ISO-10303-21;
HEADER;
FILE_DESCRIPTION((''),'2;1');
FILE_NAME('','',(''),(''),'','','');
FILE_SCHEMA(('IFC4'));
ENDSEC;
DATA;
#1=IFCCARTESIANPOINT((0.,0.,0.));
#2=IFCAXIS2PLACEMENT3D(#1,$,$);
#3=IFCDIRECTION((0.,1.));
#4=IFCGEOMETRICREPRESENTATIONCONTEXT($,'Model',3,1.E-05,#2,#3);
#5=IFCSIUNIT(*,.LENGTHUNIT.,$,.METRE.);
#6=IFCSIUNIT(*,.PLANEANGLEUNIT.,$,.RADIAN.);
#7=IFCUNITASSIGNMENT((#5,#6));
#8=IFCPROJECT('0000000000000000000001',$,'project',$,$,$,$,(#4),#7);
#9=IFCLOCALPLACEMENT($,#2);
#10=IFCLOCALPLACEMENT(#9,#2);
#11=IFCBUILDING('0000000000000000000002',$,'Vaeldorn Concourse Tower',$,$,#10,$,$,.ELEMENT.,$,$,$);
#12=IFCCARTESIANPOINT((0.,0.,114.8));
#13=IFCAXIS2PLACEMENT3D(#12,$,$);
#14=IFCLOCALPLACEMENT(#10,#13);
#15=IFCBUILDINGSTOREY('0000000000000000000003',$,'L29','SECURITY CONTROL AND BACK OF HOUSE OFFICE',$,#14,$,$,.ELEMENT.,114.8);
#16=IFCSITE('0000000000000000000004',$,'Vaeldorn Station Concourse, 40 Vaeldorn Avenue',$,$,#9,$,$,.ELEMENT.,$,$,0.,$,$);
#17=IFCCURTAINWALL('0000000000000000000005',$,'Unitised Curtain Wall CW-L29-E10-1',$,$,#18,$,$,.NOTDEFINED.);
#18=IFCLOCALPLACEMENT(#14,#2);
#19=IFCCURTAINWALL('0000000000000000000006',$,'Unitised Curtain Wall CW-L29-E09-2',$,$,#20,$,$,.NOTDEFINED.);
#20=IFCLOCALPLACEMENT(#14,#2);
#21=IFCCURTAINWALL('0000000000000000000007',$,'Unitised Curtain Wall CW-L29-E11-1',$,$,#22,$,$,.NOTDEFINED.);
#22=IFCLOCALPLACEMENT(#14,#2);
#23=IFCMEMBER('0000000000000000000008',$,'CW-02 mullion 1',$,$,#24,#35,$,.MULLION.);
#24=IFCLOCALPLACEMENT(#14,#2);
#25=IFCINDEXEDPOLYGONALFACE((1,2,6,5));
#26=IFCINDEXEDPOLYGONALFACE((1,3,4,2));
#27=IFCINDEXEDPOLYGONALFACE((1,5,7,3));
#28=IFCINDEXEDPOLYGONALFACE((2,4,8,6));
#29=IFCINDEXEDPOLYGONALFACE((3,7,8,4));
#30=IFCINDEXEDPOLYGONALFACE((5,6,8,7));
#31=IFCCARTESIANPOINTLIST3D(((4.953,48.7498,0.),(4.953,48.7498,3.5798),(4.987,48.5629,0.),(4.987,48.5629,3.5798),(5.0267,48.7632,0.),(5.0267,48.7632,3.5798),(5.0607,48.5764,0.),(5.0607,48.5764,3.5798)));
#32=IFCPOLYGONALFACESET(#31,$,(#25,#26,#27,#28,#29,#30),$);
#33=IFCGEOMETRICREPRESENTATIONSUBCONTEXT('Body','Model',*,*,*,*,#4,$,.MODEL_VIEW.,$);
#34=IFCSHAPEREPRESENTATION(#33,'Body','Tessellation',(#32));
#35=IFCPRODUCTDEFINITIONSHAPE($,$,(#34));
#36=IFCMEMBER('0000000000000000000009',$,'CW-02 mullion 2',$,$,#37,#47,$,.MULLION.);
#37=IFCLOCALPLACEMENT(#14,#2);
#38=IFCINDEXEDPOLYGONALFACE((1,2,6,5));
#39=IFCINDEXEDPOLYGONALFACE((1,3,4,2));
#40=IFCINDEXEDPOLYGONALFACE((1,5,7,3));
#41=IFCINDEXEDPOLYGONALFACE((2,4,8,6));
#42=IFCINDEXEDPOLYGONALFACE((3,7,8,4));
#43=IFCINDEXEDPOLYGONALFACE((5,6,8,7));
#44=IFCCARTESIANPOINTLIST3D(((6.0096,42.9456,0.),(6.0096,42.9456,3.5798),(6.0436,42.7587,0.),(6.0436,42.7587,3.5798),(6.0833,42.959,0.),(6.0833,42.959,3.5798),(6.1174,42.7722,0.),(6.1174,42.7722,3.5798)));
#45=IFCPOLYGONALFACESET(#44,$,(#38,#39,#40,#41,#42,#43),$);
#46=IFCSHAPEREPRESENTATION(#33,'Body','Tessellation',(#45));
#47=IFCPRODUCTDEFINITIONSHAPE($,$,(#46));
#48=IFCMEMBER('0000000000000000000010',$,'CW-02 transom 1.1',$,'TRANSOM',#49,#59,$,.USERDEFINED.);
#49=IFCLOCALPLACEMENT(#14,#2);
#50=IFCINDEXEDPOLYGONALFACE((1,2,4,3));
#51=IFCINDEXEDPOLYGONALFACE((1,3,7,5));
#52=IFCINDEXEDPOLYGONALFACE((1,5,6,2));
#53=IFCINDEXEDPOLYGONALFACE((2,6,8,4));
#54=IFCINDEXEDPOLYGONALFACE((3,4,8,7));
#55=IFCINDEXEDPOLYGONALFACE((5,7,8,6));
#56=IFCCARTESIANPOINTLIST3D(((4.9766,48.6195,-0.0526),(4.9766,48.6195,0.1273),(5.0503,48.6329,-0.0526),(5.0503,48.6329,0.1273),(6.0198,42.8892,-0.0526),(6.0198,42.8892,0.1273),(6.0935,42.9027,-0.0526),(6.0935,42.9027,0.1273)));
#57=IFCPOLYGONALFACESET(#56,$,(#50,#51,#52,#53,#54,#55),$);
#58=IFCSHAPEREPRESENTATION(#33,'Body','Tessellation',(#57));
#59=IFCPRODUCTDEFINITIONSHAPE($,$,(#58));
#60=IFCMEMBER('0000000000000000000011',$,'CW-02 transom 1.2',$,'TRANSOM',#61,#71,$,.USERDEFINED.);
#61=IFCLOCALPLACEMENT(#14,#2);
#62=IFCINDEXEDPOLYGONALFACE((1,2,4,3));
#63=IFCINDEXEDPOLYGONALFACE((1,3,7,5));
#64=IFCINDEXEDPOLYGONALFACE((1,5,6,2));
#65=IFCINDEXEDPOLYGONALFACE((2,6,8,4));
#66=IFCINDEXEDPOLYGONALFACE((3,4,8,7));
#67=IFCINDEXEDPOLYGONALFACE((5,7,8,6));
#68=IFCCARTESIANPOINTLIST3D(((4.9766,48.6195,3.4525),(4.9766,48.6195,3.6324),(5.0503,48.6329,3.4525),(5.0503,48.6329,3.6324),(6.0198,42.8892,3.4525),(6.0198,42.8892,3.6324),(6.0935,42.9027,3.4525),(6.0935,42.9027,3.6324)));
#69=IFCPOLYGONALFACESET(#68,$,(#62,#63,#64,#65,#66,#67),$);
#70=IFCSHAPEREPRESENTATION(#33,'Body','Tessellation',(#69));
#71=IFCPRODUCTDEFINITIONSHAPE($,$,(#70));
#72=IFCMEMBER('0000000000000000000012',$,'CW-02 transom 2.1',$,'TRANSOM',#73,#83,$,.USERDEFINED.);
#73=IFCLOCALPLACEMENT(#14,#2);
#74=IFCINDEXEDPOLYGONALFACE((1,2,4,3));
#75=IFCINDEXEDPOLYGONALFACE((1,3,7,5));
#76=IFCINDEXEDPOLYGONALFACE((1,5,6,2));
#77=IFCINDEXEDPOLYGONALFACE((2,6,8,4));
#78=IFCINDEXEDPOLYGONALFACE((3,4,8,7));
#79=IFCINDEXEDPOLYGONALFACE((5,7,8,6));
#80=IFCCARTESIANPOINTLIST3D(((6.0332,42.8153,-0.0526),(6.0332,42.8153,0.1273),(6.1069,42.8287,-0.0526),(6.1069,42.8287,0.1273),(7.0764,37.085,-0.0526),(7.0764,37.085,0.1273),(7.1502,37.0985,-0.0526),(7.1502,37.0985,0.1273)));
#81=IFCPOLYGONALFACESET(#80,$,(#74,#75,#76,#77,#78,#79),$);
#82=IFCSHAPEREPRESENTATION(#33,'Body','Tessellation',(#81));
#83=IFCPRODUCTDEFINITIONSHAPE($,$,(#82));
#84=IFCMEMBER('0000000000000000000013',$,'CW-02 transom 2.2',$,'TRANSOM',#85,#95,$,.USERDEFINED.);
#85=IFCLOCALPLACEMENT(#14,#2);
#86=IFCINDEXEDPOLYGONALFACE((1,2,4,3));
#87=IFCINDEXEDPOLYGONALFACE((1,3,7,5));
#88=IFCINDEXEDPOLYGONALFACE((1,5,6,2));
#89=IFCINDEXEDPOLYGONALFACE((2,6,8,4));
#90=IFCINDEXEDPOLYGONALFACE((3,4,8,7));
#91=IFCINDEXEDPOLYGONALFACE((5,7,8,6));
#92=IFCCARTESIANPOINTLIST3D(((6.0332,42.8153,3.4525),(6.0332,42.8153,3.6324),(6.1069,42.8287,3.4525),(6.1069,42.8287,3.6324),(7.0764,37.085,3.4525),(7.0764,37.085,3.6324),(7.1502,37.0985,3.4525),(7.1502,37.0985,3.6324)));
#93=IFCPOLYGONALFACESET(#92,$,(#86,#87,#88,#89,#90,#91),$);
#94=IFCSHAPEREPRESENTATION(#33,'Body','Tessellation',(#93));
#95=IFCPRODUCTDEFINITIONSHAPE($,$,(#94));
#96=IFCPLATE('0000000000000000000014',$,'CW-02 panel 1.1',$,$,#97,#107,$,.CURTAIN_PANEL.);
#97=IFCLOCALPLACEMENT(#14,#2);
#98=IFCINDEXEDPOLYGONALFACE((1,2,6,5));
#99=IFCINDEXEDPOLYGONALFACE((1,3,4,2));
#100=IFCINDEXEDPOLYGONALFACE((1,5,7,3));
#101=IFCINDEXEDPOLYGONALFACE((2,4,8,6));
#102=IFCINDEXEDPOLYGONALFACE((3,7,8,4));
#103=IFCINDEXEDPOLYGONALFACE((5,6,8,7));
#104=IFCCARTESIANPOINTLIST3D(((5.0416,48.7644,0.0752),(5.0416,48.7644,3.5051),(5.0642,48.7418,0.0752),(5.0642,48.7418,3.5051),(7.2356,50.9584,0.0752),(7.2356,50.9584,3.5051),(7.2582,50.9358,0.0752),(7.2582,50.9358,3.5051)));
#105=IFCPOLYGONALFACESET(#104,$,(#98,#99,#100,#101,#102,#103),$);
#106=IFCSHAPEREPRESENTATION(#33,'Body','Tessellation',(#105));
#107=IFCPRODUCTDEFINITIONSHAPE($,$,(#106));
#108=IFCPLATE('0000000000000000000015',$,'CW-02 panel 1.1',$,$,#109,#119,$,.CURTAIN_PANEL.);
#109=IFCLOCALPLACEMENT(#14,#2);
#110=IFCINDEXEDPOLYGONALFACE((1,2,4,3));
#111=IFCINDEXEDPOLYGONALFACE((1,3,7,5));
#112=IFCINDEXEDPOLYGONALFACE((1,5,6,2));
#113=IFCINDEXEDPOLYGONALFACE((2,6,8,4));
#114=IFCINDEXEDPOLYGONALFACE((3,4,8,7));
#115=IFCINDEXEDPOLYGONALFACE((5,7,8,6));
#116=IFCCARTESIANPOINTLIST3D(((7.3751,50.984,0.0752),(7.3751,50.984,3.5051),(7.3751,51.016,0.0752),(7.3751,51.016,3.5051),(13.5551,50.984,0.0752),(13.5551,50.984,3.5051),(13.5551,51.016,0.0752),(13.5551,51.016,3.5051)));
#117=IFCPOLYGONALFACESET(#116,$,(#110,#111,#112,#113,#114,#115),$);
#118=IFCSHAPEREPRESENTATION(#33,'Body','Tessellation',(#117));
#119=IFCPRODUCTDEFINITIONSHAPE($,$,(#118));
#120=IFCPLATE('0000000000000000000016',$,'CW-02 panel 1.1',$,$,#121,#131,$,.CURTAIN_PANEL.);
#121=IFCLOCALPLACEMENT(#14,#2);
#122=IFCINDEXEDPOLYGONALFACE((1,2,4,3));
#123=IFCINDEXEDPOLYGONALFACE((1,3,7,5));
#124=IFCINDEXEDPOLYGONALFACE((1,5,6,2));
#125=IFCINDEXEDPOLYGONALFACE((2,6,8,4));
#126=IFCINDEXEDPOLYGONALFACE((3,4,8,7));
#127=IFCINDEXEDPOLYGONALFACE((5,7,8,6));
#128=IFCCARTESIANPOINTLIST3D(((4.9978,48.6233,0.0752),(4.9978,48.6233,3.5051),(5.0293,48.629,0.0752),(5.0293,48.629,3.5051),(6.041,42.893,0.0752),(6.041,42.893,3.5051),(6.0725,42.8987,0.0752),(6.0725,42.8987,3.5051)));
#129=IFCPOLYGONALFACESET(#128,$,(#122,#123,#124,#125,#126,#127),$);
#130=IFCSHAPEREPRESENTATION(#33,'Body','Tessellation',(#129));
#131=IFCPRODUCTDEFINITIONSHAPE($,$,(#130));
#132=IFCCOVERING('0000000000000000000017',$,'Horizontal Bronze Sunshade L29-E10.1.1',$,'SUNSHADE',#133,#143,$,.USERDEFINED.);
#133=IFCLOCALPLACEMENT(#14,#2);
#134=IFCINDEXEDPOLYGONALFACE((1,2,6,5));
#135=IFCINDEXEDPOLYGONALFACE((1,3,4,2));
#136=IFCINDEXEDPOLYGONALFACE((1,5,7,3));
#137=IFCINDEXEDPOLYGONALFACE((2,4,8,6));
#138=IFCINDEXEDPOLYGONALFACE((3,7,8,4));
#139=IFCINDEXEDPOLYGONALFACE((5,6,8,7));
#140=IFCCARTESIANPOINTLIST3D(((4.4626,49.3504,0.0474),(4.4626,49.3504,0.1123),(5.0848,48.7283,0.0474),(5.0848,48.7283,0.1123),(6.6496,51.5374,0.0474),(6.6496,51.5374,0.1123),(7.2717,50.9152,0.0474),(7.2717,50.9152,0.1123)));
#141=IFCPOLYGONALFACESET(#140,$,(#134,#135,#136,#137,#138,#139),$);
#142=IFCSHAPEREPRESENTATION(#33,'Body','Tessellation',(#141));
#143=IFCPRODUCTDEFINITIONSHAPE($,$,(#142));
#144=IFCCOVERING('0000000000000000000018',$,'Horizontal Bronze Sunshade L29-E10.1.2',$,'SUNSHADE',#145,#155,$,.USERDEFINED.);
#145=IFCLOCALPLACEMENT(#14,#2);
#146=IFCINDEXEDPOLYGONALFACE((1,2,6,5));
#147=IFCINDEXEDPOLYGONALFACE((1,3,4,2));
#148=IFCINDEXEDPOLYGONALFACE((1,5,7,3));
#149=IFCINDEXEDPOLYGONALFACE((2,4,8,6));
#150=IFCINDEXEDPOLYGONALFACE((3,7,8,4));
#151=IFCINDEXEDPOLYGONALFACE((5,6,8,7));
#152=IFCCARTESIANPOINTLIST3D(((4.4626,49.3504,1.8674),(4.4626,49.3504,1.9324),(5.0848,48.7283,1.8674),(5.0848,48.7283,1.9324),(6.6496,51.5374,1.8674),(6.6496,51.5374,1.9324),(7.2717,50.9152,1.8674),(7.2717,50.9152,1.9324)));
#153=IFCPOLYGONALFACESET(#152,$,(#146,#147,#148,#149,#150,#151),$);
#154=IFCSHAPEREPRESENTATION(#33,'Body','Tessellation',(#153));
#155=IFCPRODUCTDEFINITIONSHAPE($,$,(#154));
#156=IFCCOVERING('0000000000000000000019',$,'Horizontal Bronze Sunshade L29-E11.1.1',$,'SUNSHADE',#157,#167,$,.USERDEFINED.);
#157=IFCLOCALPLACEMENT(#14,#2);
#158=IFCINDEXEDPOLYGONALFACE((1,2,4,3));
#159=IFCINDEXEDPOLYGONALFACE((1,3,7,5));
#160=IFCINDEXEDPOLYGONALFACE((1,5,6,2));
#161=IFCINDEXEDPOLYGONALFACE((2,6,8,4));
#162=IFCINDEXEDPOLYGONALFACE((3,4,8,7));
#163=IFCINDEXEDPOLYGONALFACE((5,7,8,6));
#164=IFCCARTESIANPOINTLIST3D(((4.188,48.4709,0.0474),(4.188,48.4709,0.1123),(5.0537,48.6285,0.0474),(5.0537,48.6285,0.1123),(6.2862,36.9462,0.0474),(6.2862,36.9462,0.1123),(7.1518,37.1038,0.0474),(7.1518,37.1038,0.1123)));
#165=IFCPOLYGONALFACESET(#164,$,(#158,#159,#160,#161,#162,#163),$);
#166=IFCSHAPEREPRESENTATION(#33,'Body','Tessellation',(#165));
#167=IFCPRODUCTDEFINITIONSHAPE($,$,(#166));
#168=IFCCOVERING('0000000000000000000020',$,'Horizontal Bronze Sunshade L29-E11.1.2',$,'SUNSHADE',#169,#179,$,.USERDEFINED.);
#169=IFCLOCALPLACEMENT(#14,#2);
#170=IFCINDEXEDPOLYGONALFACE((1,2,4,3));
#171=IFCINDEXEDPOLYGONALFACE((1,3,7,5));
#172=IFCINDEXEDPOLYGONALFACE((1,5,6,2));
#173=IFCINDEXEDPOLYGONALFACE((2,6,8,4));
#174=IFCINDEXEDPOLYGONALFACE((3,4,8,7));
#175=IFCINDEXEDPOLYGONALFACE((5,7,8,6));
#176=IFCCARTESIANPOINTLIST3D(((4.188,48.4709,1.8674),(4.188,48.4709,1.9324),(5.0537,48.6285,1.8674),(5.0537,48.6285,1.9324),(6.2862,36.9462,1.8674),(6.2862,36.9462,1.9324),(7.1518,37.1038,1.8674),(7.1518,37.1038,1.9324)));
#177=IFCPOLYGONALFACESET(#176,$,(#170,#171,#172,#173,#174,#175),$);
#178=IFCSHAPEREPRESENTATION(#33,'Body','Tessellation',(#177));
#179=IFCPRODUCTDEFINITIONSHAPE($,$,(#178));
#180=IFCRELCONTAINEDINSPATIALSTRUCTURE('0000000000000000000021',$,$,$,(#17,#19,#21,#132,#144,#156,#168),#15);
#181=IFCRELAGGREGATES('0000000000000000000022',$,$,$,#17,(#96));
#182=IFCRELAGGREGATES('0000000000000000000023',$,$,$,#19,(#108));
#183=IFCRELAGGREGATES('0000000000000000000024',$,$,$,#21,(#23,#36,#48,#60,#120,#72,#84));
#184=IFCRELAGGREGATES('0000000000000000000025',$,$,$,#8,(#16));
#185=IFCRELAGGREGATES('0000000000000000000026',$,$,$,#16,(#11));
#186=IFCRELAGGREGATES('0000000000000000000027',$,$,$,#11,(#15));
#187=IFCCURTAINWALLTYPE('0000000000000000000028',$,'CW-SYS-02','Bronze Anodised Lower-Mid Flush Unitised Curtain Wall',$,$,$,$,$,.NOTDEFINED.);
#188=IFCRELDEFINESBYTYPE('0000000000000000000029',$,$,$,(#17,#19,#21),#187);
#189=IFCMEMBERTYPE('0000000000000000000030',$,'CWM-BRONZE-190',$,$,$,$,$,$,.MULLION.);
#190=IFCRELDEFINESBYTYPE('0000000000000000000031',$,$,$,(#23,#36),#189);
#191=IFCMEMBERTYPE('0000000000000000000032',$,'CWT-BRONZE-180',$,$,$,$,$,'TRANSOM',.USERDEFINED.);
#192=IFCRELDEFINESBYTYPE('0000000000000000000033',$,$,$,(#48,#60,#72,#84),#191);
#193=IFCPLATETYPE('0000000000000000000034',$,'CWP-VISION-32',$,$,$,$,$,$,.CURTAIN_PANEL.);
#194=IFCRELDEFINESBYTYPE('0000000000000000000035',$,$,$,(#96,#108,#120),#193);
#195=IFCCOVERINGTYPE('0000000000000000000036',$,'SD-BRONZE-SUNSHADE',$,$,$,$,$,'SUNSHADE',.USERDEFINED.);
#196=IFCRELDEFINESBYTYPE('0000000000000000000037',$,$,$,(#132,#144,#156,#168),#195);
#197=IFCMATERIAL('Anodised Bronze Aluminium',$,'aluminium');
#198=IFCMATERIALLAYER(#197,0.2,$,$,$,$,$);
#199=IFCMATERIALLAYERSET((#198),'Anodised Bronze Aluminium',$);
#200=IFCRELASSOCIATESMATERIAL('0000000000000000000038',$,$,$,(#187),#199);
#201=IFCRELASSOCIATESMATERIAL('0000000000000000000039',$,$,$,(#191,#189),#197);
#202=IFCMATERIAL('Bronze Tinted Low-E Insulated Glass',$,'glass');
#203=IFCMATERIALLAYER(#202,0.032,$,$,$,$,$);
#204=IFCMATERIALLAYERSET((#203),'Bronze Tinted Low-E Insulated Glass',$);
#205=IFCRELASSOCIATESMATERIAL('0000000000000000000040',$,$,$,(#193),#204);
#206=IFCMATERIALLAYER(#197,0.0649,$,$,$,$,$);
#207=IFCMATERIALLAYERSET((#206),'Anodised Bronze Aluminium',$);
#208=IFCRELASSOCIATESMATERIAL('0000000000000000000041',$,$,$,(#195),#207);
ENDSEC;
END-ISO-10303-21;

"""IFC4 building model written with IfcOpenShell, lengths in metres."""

from ifc_helpers import new_model, si_unit, direction, frame, origin, origin_2d, place, context, subcontext, project, spatial, rectangle, extrude, source, transform, mapped, material, layer, layer_set, material_profile, profile_set, type_object, element, aggregate, save


model = new_model("IFC4")

# Units and contexts
model_context = context("Model", 3, precision=1e-05, world=origin(), true_north=direction((0.0, 1.0)))
body_context = subcontext(model_context, "Body", "Model", "MODEL_VIEW")
ifc_project = project(units=[si_unit("LENGTHUNIT", "METRE"), si_unit("PLANEANGLEUNIT", "RADIAN")], contexts=[model_context])

# Site, building, storey
site_placement = place(None, origin())
site = spatial("IfcSite", under=ifc_project, at=site_placement, Name="Vaeldorn Station Concourse, 40 Vaeldorn Avenue", CompositionType="ELEMENT", RefElevation=0.0)
building_placement = place(site_placement, origin())
building = spatial("IfcBuilding", under=site, at=building_placement, Name="Vaeldorn Concourse Tower", CompositionType="ELEMENT")
storey_placement = place(building_placement, frame((0.0, 0.0, 114.8)))
storey = spatial("IfcBuildingStorey", under=building, at=storey_placement, Name="L29", Description="SECURITY CONTROL AND BACK OF HOUSE OFFICE", CompositionType="ELEMENT", Elevation=114.8)

# Curtain walls
ifc_material_1 = material(Name="Anodised Bronze Aluminium", Category="aluminium")
ifc_layer_1 = layer(ifc_material_1, 0.2)
ifc_layer_set_1 = layer_set([ifc_layer_1], Name="Anodised Bronze Aluminium")
curtain_wall_type = type_object("IfcCurtainWallType", Name="CW-SYS-02", Description="Bronze Anodised Lower-Mid Flush Unitised Curtain Wall", PredefinedType="NOTDEFINED", material=ifc_layer_set_1)
curtain_wall_1_placement = place(storey_placement, origin())
curtain_wall_1 = element("IfcCurtainWall", 1, at=curtain_wall_1_placement, inside=storey, type_object=curtain_wall_type, Name="Unitised Curtain Wall CW-L29-E10-1", PredefinedType="NOTDEFINED")
ifc_material_profile_1 = material_profile(ifc_material_1, rectangle(XDim=0.075, YDim=0.1799, at=origin_2d()), Name="CWT 75x180")
ifc_profile_set_1 = profile_set([ifc_material_profile_1], Name="Anodised Bronze Aluminium")
member_type_1 = type_object("IfcMemberType", Name="CWT-BRONZE-180", ElementType="TRANSOM", PredefinedType="USERDEFINED", material=ifc_profile_set_1)
curtain_wall_2_placement = place(storey_placement, origin())
curtain_wall_2 = element("IfcCurtainWall", 2, at=curtain_wall_2_placement, inside=storey, type_object=curtain_wall_type, Name="Unitised Curtain Wall CW-L29-E09-2", PredefinedType="NOTDEFINED")
ifc_material_profile_2 = material_profile(ifc_material_1, rectangle(XDim=0.075, YDim=0.1899, at=origin_2d()), Name="CWM 75x190")
ifc_profile_set_2 = profile_set([ifc_material_profile_2], Name="Anodised Bronze Aluminium")
member_type_2 = type_object("IfcMemberType", Name="CWM-BRONZE-190", PredefinedType="MULLION", material=ifc_profile_set_2)
shared_shape_1 = source(origin(), body_context, "Body", "SweptSolid", [
    extrude(rectangle(XDim=0.075, YDim=0.1899, at=origin_2d()), origin(), (0.0, 0.0, 1.0), 3.5798),
])

# Curtain wall, members
curtain_wall_3_placement = place(storey_placement, origin())
curtain_wall_3 = element("IfcCurtainWall", 3, at=curtain_wall_3_placement, inside=storey, type_object=curtain_wall_type, Name="Unitised Curtain Wall CW-L29-E11-1", PredefinedType="NOTDEFINED")
member_1_placement = place(storey_placement, frame((5.0068, 48.6631, 0.0), z_axis=(0.0, 0.0, 1.0), x_axis=(0.983828, 0.179114, 0.0)))
member_1 = element("IfcMember", 4, at=member_1_placement, type_object=member_type_2, Name="CW-02 mullion 1", PredefinedType="MULLION", context=body_context, shape_type="MappedRepresentation", body=[
    mapped(shared_shape_1, transform((0.0, 0.0, 0.0), scale=1.0)),
])
member_2_placement = place(storey_placement, frame((6.0635, 42.8589, 0.0), z_axis=(0.0, 0.0, 1.0), x_axis=(0.983828, 0.179114, 0.0)))
member_2 = element("IfcMember", 5, at=member_2_placement, type_object=member_type_2, Name="CW-02 mullion 2", PredefinedType="MULLION", context=body_context, shape_type="MappedRepresentation", body=[
    mapped(shared_shape_1, transform((0.0, 0.0, 0.0), scale=1.0)),
])
shared_shape_2 = source(origin(), body_context, "Body", "SweptSolid", [
    extrude(rectangle(XDim=0.075, YDim=0.1799, at=origin_2d()), origin(), (0.0, 0.0, 1.0), 5.8245),
])
member_3_placement = place(storey_placement, frame((5.0134, 48.6262, 0.0374), z_axis=(0.17911, -0.983829, 0.0), x_axis=(0.983829, 0.17911, 0.0)))
member_3 = element("IfcMember", 6, at=member_3_placement, type_object=member_type_1, Name="CW-02 transom 1.1", ObjectType="TRANSOM", PredefinedType="USERDEFINED", context=body_context, shape_type="MappedRepresentation", body=[
    mapped(shared_shape_2, transform((0.0, 0.0, 0.0), scale=1.0)),
])
member_4_placement = place(storey_placement, frame((5.0134, 48.6262, 3.5425), z_axis=(0.17911, -0.983829, 0.0), x_axis=(0.983829, 0.17911, 0.0)))
member_4 = element("IfcMember", 7, at=member_4_placement, type_object=member_type_1, Name="CW-02 transom 1.2", ObjectType="TRANSOM", PredefinedType="USERDEFINED", context=body_context, shape_type="MappedRepresentation", body=[
    mapped(shared_shape_2, transform((0.0, 0.0, 0.0), scale=1.0)),
])
member_5_placement = place(storey_placement, frame((6.0701, 42.822, 0.0374), z_axis=(0.17911, -0.983829, 0.0), x_axis=(0.983829, 0.17911, 0.0)))
member_5 = element("IfcMember", 8, at=member_5_placement, type_object=member_type_1, Name="CW-02 transom 2.1", ObjectType="TRANSOM", PredefinedType="USERDEFINED", context=body_context, shape_type="MappedRepresentation", body=[
    mapped(shared_shape_2, transform((0.0, 0.0, 0.0), scale=1.0)),
])
member_6_placement = place(storey_placement, frame((6.0701, 42.822, 3.5425), z_axis=(0.17911, -0.983829, 0.0), x_axis=(0.983829, 0.17911, 0.0)))
member_6 = element("IfcMember", 9, at=member_6_placement, type_object=member_type_1, Name="CW-02 transom 2.2", ObjectType="TRANSOM", PredefinedType="USERDEFINED", context=body_context, shape_type="MappedRepresentation", body=[
    mapped(shared_shape_2, transform((0.0, 0.0, 0.0), scale=1.0)),
])

# Plates
ifc_material_2 = material(Name="Bronze Tinted Low-E Insulated Glass", Category="glass")
ifc_layer_2 = layer(ifc_material_2, 0.032)
ifc_layer_set_2 = layer_set([ifc_layer_2], Name="Bronze Tinted Low-E Insulated Glass")
plate_type = type_object("IfcPlateType", Name="CWP-VISION-32", PredefinedType="CURTAIN_PANEL", material=ifc_layer_set_2)
shared_shape_3 = source(origin(), body_context, "Body", "SweptSolid", [
    extrude(rectangle(XDim=3.1028, YDim=0.032, at=origin_2d()), origin(), (0.0, 0.0, 1.0), 3.4299),
])
plate_1_placement = place(storey_placement, frame((6.1499, 49.8501, 0.0752), z_axis=(0.0, 0.0, 1.0), x_axis=(-0.707107, -0.707107, 0.0)))
plate_1 = element("IfcPlate", 10, at=plate_1_placement, type_object=plate_type, Name="CW-02 panel 1.1", PredefinedType="CURTAIN_PANEL", context=body_context, shape_type="MappedRepresentation", body=[
    mapped(shared_shape_3, transform((0.0, 0.0, 0.0), scale=1.0)),
])
aggregate(curtain_wall_1, [plate_1])
shared_shape_4 = source(origin(), body_context, "Body", "SweptSolid", [
    extrude(rectangle(XDim=6.1799, YDim=0.032, at=origin_2d()), origin(), (0.0, 0.0, 1.0), 3.4299),
])
plate_2_placement = place(storey_placement, frame((10.4651, 51.0, 0.0752), z_axis=(0.0, 0.0, 1.0), x_axis=(-1.0, 0.0, 0.0)))
plate_2 = element("IfcPlate", 11, at=plate_2_placement, type_object=plate_type, Name="CW-02 panel 1.1", PredefinedType="CURTAIN_PANEL", context=body_context, shape_type="MappedRepresentation", body=[
    mapped(shared_shape_4, transform((0.0, 0.0, 0.0), scale=1.0)),
])
aggregate(curtain_wall_2, [plate_2])
shared_shape_5 = source(origin(), body_context, "Body", "SweptSolid", [
    extrude(rectangle(XDim=5.8245, YDim=0.032, at=origin_2d()), origin(), (0.0, 0.0, 1.0), 3.4299),
])
plate_3_placement = place(storey_placement, frame((5.5352, 45.761, 0.0752), z_axis=(0.0, 0.0, 1.0), x_axis=(0.179114, -0.983828, 0.0)))
plate_3 = element("IfcPlate", 12, at=plate_3_placement, type_object=plate_type, Name="CW-02 panel 1.1", PredefinedType="CURTAIN_PANEL", context=body_context, shape_type="MappedRepresentation", body=[
    mapped(shared_shape_5, transform((0.0, 0.0, 0.0), scale=1.0)),
])
aggregate(curtain_wall_3, [member_1, member_2, member_3, member_4, plate_3, member_5, member_6])

# Coverings
ifc_layer_3 = layer(ifc_material_1, 0.0649)
ifc_layer_set_3 = layer_set([ifc_layer_3], Name="Anodised Bronze Aluminium")
covering_type = type_object("IfcCoveringType", Name="SD-BRONZE-SUNSHADE", ElementType="SUNSHADE", PredefinedType="USERDEFINED", material=ifc_layer_set_3)
shared_shape_6 = source(origin(), body_context, "Body", "SweptSolid", [
    extrude(rectangle(XDim=3.0928, YDim=0.8799, at=origin_2d()), origin(), (0.0, 0.0, 1.0), 0.0649),
])
for number, where, z_axis, x_axis, name in (
    (13, (5.8672, 50.1328, 0.0474), (0.0, 0.0, 1.0), (-0.707107, -0.707107, 0.0), "Horizontal Bronze Sunshade L29-E10.1.1"),
    (14, (5.8672, 50.1328, 1.8674), (0.0, 0.0, 1.0), (-0.707107, -0.707107, 0.0), "Horizontal Bronze Sunshade L29-E10.1.2"),
):
    element("IfcCovering", number, at=place(storey_placement, frame(where, z_axis=z_axis, x_axis=x_axis)), inside=storey, type_object=covering_type, Name=name, ObjectType="SUNSHADE", PredefinedType="USERDEFINED", context=body_context, shape_type="MappedRepresentation", body=[
        mapped(shared_shape_6, transform((0.0, 0.0, 0.0), scale=1.0)),
    ])
shared_shape_7 = source(origin(), body_context, "Body", "SweptSolid", [
    extrude(rectangle(XDim=11.7141, YDim=0.8799, at=origin_2d()), origin(), (0.0, 0.0, 1.0), 0.0649),
])
for number, where, z_axis, x_axis, name in (
    (15, (5.6699, 42.7874, 0.0474), (0.0, 0.0, 1.0), (0.179111, -0.983829, 0.0), "Horizontal Bronze Sunshade L29-E11.1.1"),
    (16, (5.6699, 42.7874, 1.8674), (0.0, 0.0, 1.0), (0.179111, -0.983829, 0.0), "Horizontal Bronze Sunshade L29-E11.1.2"),
):
    element("IfcCovering", number, at=place(storey_placement, frame(where, z_axis=z_axis, x_axis=x_axis)), inside=storey, type_object=covering_type, Name=name, ObjectType="SUNSHADE", PredefinedType="USERDEFINED", context=body_context, shape_type="MappedRepresentation", body=[
        mapped(shared_shape_7, transform((0.0, 0.0, 0.0), scale=1.0)),
    ])

save(model, "model.ifc")
